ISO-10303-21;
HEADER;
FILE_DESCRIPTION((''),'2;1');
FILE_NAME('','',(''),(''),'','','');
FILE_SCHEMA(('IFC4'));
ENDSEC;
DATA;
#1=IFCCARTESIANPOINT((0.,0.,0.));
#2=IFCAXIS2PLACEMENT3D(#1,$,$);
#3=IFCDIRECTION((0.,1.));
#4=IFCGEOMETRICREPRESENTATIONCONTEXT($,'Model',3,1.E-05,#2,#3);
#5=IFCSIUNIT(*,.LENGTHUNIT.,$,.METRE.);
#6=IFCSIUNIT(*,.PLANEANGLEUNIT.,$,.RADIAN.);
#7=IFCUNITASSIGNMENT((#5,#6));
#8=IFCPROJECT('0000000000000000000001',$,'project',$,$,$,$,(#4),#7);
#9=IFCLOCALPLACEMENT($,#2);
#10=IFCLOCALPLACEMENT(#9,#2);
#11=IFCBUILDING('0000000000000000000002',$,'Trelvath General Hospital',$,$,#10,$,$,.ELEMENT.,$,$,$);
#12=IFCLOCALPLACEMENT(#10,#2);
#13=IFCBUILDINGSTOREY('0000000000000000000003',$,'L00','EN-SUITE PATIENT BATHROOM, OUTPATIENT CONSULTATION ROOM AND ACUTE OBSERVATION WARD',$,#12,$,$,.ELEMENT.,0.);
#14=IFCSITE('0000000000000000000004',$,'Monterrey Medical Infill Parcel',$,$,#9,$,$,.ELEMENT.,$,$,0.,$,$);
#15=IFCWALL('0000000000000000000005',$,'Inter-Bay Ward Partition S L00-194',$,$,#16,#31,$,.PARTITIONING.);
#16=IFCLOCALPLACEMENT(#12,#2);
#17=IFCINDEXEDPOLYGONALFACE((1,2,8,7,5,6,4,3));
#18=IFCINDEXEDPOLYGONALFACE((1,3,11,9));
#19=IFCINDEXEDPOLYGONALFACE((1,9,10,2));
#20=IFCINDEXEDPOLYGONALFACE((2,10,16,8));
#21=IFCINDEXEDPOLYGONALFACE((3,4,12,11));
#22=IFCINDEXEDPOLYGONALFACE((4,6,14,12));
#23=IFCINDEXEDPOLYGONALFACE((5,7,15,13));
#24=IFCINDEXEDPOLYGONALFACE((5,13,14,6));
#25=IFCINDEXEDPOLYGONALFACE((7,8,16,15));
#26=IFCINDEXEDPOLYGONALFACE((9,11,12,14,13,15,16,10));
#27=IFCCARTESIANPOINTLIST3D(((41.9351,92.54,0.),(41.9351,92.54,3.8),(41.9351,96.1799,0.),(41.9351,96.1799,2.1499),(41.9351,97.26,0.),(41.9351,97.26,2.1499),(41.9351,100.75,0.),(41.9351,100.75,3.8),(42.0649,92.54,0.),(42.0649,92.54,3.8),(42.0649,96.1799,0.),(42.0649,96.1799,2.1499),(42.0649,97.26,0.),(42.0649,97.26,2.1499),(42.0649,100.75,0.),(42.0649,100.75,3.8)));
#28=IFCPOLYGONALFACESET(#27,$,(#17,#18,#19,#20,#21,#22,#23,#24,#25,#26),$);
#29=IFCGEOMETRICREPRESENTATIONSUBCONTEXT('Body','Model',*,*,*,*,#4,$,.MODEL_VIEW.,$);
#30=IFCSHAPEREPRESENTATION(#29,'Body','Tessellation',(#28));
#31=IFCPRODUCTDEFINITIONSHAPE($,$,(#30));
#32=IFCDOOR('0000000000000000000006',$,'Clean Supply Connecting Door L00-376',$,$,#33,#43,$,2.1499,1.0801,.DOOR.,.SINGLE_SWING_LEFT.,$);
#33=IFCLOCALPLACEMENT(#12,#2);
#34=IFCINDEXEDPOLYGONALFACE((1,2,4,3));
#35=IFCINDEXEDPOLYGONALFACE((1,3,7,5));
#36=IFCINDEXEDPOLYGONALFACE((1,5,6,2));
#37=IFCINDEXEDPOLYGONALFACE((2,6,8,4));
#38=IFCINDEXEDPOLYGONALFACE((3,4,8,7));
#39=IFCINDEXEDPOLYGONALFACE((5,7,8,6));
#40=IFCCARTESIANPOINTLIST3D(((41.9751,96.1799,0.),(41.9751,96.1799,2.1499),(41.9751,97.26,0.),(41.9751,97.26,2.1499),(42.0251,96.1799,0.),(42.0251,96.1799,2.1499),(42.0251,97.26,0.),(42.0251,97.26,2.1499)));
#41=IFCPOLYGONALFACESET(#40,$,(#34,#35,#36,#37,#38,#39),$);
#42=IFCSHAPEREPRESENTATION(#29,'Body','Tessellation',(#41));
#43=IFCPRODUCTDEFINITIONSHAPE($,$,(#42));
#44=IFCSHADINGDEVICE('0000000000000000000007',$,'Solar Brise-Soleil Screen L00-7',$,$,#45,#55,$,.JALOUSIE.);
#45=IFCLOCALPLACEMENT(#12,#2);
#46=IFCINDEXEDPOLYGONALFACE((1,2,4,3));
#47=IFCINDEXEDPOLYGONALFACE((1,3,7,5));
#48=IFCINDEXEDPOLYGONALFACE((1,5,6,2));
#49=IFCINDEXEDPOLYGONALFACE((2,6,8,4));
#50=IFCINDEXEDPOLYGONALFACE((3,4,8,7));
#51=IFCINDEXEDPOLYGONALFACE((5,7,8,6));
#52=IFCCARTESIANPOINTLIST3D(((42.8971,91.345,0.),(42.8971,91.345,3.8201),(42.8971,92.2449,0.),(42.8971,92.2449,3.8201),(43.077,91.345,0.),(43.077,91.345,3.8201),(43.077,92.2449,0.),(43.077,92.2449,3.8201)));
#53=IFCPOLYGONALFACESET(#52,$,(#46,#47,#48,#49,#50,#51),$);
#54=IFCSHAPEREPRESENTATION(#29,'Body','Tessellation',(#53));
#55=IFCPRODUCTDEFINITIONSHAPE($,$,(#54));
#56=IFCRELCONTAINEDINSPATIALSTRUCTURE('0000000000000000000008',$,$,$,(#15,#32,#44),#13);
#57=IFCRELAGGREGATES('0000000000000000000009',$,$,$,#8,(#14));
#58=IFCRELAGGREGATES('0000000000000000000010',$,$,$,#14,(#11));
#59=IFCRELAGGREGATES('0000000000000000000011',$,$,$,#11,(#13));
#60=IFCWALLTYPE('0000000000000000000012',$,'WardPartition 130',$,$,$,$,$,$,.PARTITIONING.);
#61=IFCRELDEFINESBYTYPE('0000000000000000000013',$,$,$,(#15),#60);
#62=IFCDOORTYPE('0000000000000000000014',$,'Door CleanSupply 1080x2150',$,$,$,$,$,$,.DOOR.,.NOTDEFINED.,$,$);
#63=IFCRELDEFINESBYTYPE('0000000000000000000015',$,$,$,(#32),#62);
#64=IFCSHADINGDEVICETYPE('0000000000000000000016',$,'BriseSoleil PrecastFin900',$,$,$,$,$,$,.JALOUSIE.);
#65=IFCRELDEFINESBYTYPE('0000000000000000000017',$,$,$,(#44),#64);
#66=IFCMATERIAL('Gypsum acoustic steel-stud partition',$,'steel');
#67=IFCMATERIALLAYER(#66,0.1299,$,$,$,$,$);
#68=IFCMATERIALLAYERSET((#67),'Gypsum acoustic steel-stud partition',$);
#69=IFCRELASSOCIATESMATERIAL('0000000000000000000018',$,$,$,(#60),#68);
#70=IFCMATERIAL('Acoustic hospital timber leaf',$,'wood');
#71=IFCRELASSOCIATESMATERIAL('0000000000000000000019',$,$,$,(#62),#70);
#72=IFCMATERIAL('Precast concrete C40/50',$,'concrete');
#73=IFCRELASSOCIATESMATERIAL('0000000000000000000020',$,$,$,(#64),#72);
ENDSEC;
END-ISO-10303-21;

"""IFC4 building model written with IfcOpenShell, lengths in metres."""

from ifc_helpers import new_model, si_unit, direction, frame, frame_2d, origin, origin_2d, place, context, subcontext, project, spatial, rectangle, extrude, material, layer, layer_set, type_object, element, fill, save


model = new_model("IFC4")

# Units and contexts
model_context = context("Model", 3, precision=1e-05, world=origin(), true_north=direction((0.0, 1.0)))
body_context = subcontext(model_context, "Body", "Model", "MODEL_VIEW")
ifc_project = project(units=[si_unit("LENGTHUNIT", "METRE"), si_unit("PLANEANGLEUNIT", "RADIAN")], contexts=[model_context])

# Site, building, storey
site_placement = place(None, origin())
site = spatial("IfcSite", under=ifc_project, at=site_placement, Name="Monterrey Medical Infill Parcel", CompositionType="ELEMENT", RefElevation=0.0)
building_placement = place(site_placement, origin())
building = spatial("IfcBuilding", under=site, at=building_placement, Name="Trelvath General Hospital", CompositionType="ELEMENT")
storey_placement = place(building_placement, origin())
storey = spatial("IfcBuildingStorey", under=building, at=storey_placement, Name="L00", Description="EN-SUITE PATIENT BATHROOM, OUTPATIENT CONSULTATION ROOM AND ACUTE OBSERVATION WARD", CompositionType="ELEMENT", Elevation=0.0)

# Shared definitions
ifc_material_1 = material(Name="Gypsum acoustic steel-stud partition", Category="steel")
ifc_layer_1 = layer(ifc_material_1, 0.1299)
ifc_layer_set_1 = layer_set([ifc_layer_1], Name="Gypsum acoustic steel-stud partition")
wall_type_1 = type_object("IfcWallType", Name="WardPartition 130", PredefinedType="PARTITIONING", material=ifc_layer_set_1)

# Wall, opening, door
wall_1_placement = place(storey_placement, frame((42.0, 92.54, 0.0), z_axis=(0.0, 0.0, 1.0), x_axis=(0.0, 1.0, 0.0)))
wall_1 = element("IfcWall", 1, at=wall_1_placement, inside=storey, type_object=wall_type_1, Name="Inter-Bay Ward Partition S L00-194", PredefinedType="PARTITIONING", context=body_context, shape_type="SweptSolid", body=[
    extrude(rectangle(XDim=8.21, YDim=0.1299, at=frame_2d((4.105, 0.0))), origin(), (0.0, 0.0, 1.0), 3.8),
])
opening_1_placement = place(wall_1_placement, frame((3.6399, 0.0, 0.0)))
opening_1 = element("IfcOpeningElement", 2, at=opening_1_placement, cuts=wall_1, PredefinedType="OPENING", context=body_context, shape_type="SweptSolid", body=[
    extrude(rectangle(XDim=1.0801, YDim=2.1499, at=frame_2d((0.54, 1.075))), frame((0.0, 0.075, 0.0), z_axis=(0.0, -1.0, 0.0), x_axis=(1.0, 0.0, 0.0)), (0.0, 0.0, 1.0), 0.1499),
])
ifc_material_2 = material(Name="Acoustic hospital timber leaf", Category="wood")
door_type = type_object("IfcDoorType", Name="Door CleanSupply 1080x2150", OperationType="NOTDEFINED", PredefinedType="DOOR", material=ifc_material_2)
door_placement = place(opening_1_placement, origin())
door = element("IfcDoor", 3, at=door_placement, inside=storey, type_object=door_type, Name="Clean Supply Connecting Door L00-376", OperationType="SINGLE_SWING_LEFT", OverallHeight=2.1499, OverallWidth=1.0801, PredefinedType="DOOR", context=body_context, shape_type="SweptSolid", body=[
    extrude(rectangle(XDim=1.0801, YDim=2.1499, at=frame_2d((0.54, 1.075))), frame((0.0, 0.0249, 0.0), z_axis=(0.0, -1.0, 0.0), x_axis=(1.0, 0.0, 0.0)), (0.0, 0.0, 1.0), 0.05),
])
fill(opening_1, door)

# Shading device
ifc_material_3 = material(Name="Precast concrete C40/50", Category="concrete")
shading_device_type = type_object("IfcShadingDeviceType", Name="BriseSoleil PrecastFin900", PredefinedType="JALOUSIE", material=ifc_material_3)
shading_device_placement = place(storey_placement, frame((42.9871, 91.7949, 0.0), z_axis=(0.0, 0.0, 1.0), x_axis=(0.0, -1.0, 0.0)))
element("IfcShadingDevice", 4, at=shading_device_placement, inside=storey, type_object=shading_device_type, Name="Solar Brise-Soleil Screen L00-7", PredefinedType="JALOUSIE", context=body_context, shape_type="SweptSolid", body=[
    extrude(rectangle(XDim=0.8999, YDim=0.1799, at=origin_2d()), origin(), (0.0, 0.0, 1.0), 3.8201),
])

save(model, "model.ifc")
